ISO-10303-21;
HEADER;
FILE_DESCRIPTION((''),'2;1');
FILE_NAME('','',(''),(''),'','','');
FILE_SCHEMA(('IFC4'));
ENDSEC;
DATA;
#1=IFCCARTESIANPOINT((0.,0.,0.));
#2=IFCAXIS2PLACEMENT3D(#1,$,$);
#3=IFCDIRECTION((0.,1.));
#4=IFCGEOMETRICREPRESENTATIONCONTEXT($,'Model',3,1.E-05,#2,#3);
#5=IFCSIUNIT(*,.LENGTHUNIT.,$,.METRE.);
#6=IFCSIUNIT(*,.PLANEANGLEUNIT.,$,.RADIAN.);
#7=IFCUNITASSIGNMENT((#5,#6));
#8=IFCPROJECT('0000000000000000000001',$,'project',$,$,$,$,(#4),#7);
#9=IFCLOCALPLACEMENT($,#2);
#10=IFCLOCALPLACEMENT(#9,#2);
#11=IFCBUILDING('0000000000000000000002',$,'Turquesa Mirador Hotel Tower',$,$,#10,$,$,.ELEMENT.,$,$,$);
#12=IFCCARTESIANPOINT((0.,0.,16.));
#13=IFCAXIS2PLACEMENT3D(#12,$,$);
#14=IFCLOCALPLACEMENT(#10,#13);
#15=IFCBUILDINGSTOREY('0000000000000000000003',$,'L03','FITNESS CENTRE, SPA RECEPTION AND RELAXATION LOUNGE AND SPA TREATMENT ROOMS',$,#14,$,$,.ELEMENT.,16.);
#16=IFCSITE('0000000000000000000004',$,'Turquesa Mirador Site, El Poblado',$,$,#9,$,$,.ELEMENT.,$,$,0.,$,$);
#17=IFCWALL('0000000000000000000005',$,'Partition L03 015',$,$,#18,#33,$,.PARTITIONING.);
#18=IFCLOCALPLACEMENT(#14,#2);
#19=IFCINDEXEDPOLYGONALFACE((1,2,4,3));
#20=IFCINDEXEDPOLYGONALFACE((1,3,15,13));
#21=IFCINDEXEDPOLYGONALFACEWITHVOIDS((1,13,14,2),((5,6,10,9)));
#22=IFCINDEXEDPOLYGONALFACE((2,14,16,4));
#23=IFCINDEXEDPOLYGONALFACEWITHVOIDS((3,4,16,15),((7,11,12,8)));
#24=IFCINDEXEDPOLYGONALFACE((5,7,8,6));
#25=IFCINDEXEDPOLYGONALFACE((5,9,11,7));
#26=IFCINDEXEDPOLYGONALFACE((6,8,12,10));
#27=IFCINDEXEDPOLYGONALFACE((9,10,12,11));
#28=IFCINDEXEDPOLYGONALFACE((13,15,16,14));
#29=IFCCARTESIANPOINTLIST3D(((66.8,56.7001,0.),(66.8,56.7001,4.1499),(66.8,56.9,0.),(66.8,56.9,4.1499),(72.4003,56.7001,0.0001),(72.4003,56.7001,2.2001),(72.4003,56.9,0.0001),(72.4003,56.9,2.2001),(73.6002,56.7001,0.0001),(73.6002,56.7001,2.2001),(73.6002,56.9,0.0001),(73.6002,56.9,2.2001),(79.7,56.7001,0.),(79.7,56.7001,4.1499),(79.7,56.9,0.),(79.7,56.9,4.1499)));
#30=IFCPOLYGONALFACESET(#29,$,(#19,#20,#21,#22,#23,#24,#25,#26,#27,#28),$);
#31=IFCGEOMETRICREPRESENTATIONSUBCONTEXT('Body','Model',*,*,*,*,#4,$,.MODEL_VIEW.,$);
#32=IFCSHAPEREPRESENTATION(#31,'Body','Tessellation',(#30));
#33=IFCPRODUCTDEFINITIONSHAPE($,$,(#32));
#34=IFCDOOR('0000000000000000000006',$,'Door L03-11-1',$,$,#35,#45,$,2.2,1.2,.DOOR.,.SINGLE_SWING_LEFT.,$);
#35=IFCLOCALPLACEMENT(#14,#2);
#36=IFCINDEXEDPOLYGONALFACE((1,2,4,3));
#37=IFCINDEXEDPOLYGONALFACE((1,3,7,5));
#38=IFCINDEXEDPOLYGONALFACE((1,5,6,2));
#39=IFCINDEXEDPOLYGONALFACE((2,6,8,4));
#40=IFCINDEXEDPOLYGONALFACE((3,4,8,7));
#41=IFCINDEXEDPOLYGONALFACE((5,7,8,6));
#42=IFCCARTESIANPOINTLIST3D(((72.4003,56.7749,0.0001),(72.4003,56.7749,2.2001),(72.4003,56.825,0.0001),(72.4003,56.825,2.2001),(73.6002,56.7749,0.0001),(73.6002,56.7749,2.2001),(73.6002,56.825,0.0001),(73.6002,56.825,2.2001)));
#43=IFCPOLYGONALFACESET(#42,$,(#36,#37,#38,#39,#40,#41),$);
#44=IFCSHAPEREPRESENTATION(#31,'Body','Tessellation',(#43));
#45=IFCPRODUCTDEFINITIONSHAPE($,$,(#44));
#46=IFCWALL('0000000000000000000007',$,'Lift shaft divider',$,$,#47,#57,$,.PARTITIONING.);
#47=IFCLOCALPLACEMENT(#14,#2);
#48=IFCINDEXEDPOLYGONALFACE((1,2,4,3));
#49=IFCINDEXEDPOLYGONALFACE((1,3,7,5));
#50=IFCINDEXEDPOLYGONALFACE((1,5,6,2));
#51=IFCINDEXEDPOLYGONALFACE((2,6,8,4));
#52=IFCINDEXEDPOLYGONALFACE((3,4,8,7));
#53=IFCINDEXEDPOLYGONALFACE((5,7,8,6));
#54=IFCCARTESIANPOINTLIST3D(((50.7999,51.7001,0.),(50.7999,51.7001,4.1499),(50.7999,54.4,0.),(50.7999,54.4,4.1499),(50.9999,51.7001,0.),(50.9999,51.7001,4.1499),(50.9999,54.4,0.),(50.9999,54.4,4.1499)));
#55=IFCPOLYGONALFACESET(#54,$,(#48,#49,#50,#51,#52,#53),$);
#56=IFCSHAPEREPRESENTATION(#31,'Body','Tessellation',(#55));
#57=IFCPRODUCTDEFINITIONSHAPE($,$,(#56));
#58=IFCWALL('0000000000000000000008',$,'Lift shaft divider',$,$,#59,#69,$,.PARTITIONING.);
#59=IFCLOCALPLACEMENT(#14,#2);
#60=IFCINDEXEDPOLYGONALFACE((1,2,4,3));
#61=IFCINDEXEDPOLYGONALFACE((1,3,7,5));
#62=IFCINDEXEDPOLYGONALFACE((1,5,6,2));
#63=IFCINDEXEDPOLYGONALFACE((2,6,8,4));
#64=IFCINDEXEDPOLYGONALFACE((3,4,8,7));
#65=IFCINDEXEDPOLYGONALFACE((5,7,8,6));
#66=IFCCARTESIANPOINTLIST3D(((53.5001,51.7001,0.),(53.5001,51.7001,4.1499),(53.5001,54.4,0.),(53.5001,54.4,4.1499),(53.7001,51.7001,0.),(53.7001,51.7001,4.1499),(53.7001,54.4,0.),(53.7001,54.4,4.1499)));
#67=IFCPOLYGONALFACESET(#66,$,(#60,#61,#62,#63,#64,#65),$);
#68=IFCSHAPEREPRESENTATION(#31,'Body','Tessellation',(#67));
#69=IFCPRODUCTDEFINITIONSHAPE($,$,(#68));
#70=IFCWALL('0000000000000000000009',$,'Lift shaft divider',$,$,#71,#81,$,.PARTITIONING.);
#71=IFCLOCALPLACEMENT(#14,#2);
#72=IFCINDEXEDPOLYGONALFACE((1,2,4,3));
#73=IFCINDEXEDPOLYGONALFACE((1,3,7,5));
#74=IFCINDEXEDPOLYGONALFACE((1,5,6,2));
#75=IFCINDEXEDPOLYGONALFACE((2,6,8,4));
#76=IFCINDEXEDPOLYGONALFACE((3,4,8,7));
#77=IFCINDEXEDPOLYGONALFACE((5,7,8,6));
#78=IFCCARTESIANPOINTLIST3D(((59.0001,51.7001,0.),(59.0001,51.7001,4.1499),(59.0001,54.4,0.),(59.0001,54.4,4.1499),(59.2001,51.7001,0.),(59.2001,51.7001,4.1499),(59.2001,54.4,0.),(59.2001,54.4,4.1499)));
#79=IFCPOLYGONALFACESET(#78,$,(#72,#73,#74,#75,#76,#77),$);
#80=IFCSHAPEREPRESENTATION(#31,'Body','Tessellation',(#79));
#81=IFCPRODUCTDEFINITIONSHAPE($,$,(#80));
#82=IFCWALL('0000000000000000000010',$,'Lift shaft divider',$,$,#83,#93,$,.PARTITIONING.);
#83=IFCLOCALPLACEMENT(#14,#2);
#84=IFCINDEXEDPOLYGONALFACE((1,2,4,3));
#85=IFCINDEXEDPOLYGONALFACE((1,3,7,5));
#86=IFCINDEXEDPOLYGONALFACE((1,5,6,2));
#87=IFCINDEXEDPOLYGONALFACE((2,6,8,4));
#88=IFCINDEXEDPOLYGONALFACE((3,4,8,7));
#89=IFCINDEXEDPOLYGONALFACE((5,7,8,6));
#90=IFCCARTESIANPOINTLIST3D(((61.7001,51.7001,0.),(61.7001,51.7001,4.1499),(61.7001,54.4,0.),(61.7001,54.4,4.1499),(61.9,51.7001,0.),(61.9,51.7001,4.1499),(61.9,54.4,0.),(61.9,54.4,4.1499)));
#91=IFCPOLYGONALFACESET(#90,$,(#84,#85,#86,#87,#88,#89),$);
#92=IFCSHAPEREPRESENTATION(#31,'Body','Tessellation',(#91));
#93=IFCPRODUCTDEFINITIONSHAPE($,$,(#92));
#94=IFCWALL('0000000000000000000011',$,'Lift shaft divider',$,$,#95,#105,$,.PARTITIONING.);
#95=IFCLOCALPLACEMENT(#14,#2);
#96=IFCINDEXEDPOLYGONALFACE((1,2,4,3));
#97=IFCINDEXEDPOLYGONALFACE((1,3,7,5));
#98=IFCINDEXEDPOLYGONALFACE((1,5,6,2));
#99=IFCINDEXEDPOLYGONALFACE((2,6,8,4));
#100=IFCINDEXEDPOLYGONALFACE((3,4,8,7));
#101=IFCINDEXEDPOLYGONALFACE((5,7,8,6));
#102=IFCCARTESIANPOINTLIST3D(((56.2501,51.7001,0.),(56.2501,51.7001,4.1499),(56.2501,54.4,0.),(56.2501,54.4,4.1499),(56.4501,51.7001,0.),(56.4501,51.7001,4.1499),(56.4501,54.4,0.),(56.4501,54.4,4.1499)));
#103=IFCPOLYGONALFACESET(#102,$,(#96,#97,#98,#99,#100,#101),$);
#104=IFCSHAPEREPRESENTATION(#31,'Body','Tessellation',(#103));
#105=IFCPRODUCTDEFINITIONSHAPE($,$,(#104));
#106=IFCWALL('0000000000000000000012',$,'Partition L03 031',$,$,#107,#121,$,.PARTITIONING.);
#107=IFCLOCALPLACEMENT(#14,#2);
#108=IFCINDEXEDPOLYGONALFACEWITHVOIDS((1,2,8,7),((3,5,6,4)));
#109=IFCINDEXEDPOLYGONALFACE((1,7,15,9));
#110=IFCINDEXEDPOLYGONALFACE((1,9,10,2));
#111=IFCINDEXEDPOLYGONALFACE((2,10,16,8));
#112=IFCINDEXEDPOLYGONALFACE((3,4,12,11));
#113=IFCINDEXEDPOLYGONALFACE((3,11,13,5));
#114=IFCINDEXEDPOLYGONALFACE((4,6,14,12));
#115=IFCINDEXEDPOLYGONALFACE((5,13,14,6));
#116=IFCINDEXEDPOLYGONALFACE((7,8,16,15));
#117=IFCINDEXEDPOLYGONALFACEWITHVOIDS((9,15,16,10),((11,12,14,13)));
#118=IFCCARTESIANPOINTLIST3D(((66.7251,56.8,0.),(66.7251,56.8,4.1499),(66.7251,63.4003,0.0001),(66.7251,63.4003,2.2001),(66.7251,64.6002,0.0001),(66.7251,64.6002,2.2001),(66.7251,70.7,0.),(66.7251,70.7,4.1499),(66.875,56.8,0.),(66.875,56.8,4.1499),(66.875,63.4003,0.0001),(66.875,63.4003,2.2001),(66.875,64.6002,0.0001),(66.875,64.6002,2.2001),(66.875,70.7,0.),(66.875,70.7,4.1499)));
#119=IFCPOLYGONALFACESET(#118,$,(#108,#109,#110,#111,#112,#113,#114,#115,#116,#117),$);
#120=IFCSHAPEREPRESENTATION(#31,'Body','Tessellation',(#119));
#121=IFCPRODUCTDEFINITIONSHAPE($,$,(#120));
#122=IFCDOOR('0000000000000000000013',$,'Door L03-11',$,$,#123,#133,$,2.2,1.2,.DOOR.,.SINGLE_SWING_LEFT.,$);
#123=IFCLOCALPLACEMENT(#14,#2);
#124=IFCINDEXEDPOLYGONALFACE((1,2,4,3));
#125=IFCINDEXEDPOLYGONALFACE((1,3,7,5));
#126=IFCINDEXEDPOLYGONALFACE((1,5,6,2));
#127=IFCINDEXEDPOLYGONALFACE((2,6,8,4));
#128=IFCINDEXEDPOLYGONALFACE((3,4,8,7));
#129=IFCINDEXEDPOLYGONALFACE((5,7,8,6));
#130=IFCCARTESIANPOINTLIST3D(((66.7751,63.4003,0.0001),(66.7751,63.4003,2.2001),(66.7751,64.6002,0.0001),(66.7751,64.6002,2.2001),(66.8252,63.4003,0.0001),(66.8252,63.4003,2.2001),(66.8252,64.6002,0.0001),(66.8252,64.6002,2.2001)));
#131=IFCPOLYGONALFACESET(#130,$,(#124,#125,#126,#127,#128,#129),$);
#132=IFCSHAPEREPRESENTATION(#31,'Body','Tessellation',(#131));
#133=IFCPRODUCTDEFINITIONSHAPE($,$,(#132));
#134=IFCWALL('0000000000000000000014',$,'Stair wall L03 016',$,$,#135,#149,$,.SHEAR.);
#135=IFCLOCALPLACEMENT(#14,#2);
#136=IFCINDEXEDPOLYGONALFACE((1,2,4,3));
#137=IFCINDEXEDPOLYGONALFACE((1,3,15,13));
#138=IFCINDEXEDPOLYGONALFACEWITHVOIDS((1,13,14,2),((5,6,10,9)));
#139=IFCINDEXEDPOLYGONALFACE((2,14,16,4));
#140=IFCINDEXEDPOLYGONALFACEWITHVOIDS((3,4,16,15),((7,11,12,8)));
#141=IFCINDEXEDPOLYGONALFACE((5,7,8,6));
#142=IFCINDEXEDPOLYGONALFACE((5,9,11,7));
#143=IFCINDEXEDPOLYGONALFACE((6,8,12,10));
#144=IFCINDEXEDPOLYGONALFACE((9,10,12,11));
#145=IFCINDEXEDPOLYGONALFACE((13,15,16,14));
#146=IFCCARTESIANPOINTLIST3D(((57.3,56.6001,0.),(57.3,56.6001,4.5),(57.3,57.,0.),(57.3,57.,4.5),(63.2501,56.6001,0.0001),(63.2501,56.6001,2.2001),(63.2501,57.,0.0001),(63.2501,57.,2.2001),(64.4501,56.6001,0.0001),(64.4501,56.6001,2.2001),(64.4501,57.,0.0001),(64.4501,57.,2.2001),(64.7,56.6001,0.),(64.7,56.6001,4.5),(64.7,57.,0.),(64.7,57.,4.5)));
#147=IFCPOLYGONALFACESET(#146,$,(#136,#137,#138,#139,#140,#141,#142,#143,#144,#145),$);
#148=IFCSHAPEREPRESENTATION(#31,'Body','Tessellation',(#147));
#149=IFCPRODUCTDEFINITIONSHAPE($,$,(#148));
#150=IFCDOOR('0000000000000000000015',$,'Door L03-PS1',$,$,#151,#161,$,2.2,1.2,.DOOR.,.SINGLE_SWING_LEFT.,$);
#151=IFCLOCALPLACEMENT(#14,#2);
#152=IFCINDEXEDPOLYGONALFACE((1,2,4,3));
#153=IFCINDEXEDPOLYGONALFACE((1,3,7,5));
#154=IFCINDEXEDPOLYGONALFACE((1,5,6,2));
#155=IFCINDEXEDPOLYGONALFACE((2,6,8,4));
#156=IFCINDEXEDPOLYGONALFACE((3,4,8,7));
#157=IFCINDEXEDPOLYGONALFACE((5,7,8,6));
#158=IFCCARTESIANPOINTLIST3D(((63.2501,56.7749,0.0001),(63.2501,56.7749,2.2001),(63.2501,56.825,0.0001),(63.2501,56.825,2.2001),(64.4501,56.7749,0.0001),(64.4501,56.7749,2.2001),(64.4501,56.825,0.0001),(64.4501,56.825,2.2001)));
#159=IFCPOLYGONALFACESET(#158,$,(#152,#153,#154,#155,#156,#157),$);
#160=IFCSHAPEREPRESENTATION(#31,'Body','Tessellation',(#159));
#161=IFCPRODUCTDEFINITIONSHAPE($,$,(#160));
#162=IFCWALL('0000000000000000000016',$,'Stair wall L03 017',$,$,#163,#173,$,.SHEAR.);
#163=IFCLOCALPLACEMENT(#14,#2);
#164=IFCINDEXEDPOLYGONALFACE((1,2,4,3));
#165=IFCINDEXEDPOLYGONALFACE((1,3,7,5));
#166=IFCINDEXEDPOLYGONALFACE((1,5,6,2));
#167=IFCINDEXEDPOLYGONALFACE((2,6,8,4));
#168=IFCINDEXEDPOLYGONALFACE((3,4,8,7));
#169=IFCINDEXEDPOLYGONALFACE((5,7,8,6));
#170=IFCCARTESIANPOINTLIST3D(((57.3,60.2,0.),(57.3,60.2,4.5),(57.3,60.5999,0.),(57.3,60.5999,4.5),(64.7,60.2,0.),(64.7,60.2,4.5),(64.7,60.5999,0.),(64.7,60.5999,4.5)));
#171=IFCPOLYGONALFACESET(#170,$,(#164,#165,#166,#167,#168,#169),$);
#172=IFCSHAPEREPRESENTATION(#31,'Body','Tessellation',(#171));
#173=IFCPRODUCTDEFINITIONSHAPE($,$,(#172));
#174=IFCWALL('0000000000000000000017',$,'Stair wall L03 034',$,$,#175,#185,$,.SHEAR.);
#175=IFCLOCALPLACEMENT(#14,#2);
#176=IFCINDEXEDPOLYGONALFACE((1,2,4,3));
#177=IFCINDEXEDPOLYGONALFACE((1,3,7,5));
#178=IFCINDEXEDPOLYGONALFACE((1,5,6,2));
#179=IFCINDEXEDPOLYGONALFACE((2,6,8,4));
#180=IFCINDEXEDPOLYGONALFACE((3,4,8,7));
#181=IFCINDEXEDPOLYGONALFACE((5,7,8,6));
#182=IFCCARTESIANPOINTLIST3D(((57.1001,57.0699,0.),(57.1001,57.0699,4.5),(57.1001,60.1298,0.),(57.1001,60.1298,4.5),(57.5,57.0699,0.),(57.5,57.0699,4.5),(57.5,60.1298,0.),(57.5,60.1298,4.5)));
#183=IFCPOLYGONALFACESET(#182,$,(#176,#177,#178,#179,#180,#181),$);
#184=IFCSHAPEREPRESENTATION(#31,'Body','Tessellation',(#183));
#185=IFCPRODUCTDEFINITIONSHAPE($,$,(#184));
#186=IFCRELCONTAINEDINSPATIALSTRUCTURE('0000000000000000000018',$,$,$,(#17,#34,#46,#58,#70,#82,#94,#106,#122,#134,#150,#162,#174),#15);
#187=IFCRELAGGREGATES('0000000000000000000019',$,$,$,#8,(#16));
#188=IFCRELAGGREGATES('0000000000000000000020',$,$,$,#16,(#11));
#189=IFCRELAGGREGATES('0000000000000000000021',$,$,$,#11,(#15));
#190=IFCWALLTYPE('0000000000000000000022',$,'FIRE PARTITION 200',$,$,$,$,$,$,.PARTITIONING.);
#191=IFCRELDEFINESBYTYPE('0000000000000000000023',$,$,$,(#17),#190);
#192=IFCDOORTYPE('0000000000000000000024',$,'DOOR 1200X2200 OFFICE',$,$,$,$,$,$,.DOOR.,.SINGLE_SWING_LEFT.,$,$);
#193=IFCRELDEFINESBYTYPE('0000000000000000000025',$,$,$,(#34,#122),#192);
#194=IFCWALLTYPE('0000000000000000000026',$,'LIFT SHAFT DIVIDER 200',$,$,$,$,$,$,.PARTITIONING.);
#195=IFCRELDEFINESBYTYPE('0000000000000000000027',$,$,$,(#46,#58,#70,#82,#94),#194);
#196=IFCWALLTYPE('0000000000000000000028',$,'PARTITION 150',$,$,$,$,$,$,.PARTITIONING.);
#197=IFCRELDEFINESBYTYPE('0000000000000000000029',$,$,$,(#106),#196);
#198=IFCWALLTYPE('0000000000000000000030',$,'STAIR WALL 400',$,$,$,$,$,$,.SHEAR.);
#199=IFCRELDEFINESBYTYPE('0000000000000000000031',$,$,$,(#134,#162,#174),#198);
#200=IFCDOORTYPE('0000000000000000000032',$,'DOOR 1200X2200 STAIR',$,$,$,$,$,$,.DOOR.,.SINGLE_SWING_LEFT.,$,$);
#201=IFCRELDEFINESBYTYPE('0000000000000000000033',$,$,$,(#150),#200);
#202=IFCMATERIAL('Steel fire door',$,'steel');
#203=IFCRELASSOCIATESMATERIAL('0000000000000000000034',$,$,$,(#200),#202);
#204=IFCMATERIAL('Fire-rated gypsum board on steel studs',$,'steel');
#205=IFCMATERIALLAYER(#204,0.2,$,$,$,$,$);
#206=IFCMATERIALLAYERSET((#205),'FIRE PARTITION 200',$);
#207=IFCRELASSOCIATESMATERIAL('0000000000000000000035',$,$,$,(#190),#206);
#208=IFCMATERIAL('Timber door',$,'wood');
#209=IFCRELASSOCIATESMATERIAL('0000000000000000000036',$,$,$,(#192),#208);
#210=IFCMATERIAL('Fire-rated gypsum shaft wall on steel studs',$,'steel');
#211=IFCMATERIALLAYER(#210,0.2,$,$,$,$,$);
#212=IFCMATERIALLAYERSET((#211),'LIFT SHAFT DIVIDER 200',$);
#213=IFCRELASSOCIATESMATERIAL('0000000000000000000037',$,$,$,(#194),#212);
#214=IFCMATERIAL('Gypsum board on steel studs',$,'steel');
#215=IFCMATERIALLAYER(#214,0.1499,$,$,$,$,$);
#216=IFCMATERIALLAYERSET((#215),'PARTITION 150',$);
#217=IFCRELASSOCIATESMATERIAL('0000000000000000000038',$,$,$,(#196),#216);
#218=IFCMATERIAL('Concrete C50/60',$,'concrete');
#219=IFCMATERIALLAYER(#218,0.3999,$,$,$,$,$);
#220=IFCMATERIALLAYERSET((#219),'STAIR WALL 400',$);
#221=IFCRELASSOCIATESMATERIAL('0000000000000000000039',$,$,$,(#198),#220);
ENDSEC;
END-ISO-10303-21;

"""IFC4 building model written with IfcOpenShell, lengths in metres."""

from ifc_helpers import new_model, si_unit, direction, frame, frame_2d, origin, place, context, subcontext, project, spatial, rectangle, extrude, material, layer, layer_set, type_object, element, fill, save


model = new_model("IFC4")

# Units and contexts
model_context = context("Model", 3, precision=1e-05, world=origin(), true_north=direction((0.0, 1.0)))
body_context = subcontext(model_context, "Body", "Model", "MODEL_VIEW")
ifc_project = project(units=[si_unit("LENGTHUNIT", "METRE"), si_unit("PLANEANGLEUNIT", "RADIAN")], contexts=[model_context])

# Site, building, storey
site_placement = place(None, origin())
site = spatial("IfcSite", under=ifc_project, at=site_placement, Name="Turquesa Mirador Site, El Poblado", CompositionType="ELEMENT", RefElevation=0.0)
building_placement = place(site_placement, origin())
building = spatial("IfcBuilding", under=site, at=building_placement, Name="Turquesa Mirador Hotel Tower", CompositionType="ELEMENT")
storey_placement = place(building_placement, frame((0.0, 0.0, 16.0)))
storey = spatial("IfcBuildingStorey", under=building, at=storey_placement, Name="L03", Description="FITNESS CENTRE, SPA RECEPTION AND RELAXATION LOUNGE AND SPA TREATMENT ROOMS", CompositionType="ELEMENT", Elevation=16.0)

# Shared definitions
ifc_material_1 = material(Name="Steel fire door", Category="steel")
door_type_1 = type_object("IfcDoorType", Name="DOOR 1200X2200 STAIR", OperationType="SINGLE_SWING_LEFT", PredefinedType="DOOR", material=ifc_material_1)

# Wall, opening, door
ifc_material_2 = material(Name="Fire-rated gypsum board on steel studs", Category="steel")
ifc_layer_1 = layer(ifc_material_2, 0.2)
ifc_layer_set_1 = layer_set([ifc_layer_1], Name="FIRE PARTITION 200")
wall_type_1 = type_object("IfcWallType", Name="FIRE PARTITION 200", PredefinedType="PARTITIONING", material=ifc_layer_set_1)
wall_1_placement = place(storey_placement, frame((66.8, 56.8, 0.0), z_axis=(0.0, 0.0, 1.0), x_axis=(1.0, 0.0, 0.0)))
wall_1 = element("IfcWall", 1, at=wall_1_placement, inside=storey, type_object=wall_type_1, Name="Partition L03 015", PredefinedType="PARTITIONING", context=body_context, shape_type="SweptSolid", body=[
    extrude(rectangle(XDim=12.8999, YDim=0.2, at=frame_2d((6.45, 0.0))), origin(), (0.0, 0.0, 1.0), 4.1499),
])
opening_1_placement = place(wall_1_placement, frame((5.6001, 0.0, 0.0)))
opening_1 = element("IfcOpeningElement", 2, at=opening_1_placement, cuts=wall_1, PredefinedType="OPENING", context=body_context, shape_type="SweptSolid", body=[
    extrude(rectangle(XDim=1.2, YDim=2.2, at=frame_2d((0.6001, 1.1001))), frame((0.0, 0.1099, 0.0), z_axis=(0.0, -1.0, 0.0), x_axis=(1.0, 0.0, 0.0)), (0.0, 0.0, 1.0), 0.22),
])
ifc_material_3 = material(Name="Timber door", Category="wood")
door_type_2 = type_object("IfcDoorType", Name="DOOR 1200X2200 OFFICE", OperationType="SINGLE_SWING_LEFT", PredefinedType="DOOR", material=ifc_material_3)
door_1_placement = place(opening_1_placement, origin())
door_1 = element("IfcDoor", 3, at=door_1_placement, inside=storey, type_object=door_type_2, Name="Door L03-11-1", OperationType="SINGLE_SWING_LEFT", OverallHeight=2.2, OverallWidth=1.2, PredefinedType="DOOR", context=body_context, shape_type="SweptSolid", body=[
    extrude(rectangle(XDim=1.2, YDim=2.2, at=frame_2d((0.6001, 1.1001))), frame((0.0, 0.0249, 0.0), z_axis=(0.0, -1.0, 0.0), x_axis=(1.0, 0.0, 0.0)), (0.0, 0.0, 1.0), 0.05),
])
fill(opening_1, door_1)

# Walls
ifc_material_4 = material(Name="Fire-rated gypsum shaft wall on steel studs", Category="steel")
ifc_layer_2 = layer(ifc_material_4, 0.2)
ifc_layer_set_2 = layer_set([ifc_layer_2], Name="LIFT SHAFT DIVIDER 200")
wall_type_2 = type_object("IfcWallType", Name="LIFT SHAFT DIVIDER 200", PredefinedType="PARTITIONING", material=ifc_layer_set_2)
for number, where, z_axis, x_axis, name in (
    (4, (50.8999, 51.7, 0.0), (0.0, 0.0, 1.0), (0.0, 1.0, 0.0), "Lift shaft divider"),
    (5, (53.6001, 51.7, 0.0), (0.0, 0.0, 1.0), (0.0, 1.0, 0.0), "Lift shaft divider"),
    (6, (59.1001, 51.7, 0.0), (0.0, 0.0, 1.0), (0.0, 1.0, 0.0), "Lift shaft divider"),
    (7, (61.8, 51.7, 0.0), (0.0, 0.0, 1.0), (0.0, 1.0, 0.0), "Lift shaft divider"),
    (8, (56.3501, 51.7, 0.0), (0.0, 0.0, 1.0), (0.0, 1.0, 0.0), "Lift shaft divider"),
):
    element("IfcWall", number, at=place(storey_placement, frame(where, z_axis=z_axis, x_axis=x_axis)), inside=storey, type_object=wall_type_2, Name=name, PredefinedType="PARTITIONING", context=body_context, shape_type="SweptSolid", body=[
        extrude(rectangle(XDim=2.7, YDim=0.2, at=frame_2d((1.3501, 0.0))), origin(), (0.0, 0.0, 1.0), 4.1499),
    ])

# Walls, openings, doors
ifc_material_5 = material(Name="Gypsum board on steel studs", Category="steel")
ifc_layer_3 = layer(ifc_material_5, 0.1499)
ifc_layer_set_3 = layer_set([ifc_layer_3], Name="PARTITION 150")
wall_type_3 = type_object("IfcWallType", Name="PARTITION 150", PredefinedType="PARTITIONING", material=ifc_layer_set_3)
wall_2_placement = place(storey_placement, frame((66.8, 56.8, 0.0), z_axis=(0.0, 0.0, 1.0), x_axis=(0.0, 1.0, 0.0)))
wall_2 = element("IfcWall", 9, at=wall_2_placement, inside=storey, type_object=wall_type_3, Name="Partition L03 031", PredefinedType="PARTITIONING", context=body_context, shape_type="SweptSolid", body=[
    extrude(rectangle(XDim=13.8999, YDim=0.1499, at=frame_2d((6.95, 0.0))), origin(), (0.0, 0.0, 1.0), 4.1499),
])
opening_2_placement = place(wall_2_placement, frame((6.6001, 0.0, 0.0)))
opening_2 = element("IfcOpeningElement", 10, at=opening_2_placement, cuts=wall_2, PredefinedType="OPENING", context=body_context, shape_type="SweptSolid", body=[
    extrude(rectangle(XDim=1.2, YDim=2.2, at=frame_2d((0.6001, 1.1001))), frame((0.0, 0.085, 0.0), z_axis=(0.0, -1.0, 0.0), x_axis=(1.0, 0.0, 0.0)), (0.0, 0.0, 1.0), 0.1699),
])
door_2_placement = place(opening_2_placement, origin())
door_2 = element("IfcDoor", 11, at=door_2_placement, inside=storey, type_object=door_type_2, Name="Door L03-11", OperationType="SINGLE_SWING_LEFT", OverallHeight=2.2, OverallWidth=1.2, PredefinedType="DOOR", context=body_context, shape_type="SweptSolid", body=[
    extrude(rectangle(XDim=1.2, YDim=2.2, at=frame_2d((0.6001, 1.1001))), frame((0.0, 0.0249, 0.0), z_axis=(0.0, -1.0, 0.0), x_axis=(1.0, 0.0, 0.0)), (0.0, 0.0, 1.0), 0.05),
])
fill(opening_2, door_2)
ifc_material_6 = material(Name="Concrete C50/60", Category="concrete")
ifc_layer_4 = layer(ifc_material_6, 0.3999)
ifc_layer_set_4 = layer_set([ifc_layer_4], Name="STAIR WALL 400")
wall_type_4 = type_object("IfcWallType", Name="STAIR WALL 400", PredefinedType="SHEAR", material=ifc_layer_set_4)
wall_3_placement = place(storey_placement, frame((57.3, 56.8, 0.0), z_axis=(0.0, 0.0, 1.0), x_axis=(1.0, 0.0, 0.0)))
wall_3 = element("IfcWall", 12, at=wall_3_placement, inside=storey, type_object=wall_type_4, Name="Stair wall L03 016", PredefinedType="SHEAR", context=body_context, shape_type="SweptSolid", body=[
    extrude(rectangle(XDim=7.3999, YDim=0.3999, at=frame_2d((3.7, 0.0))), origin(), (0.0, 0.0, 1.0), 4.5),
])
opening_3_placement = place(wall_3_placement, frame((5.95, 0.0, 0.0)))
opening_3 = element("IfcOpeningElement", 13, at=opening_3_placement, cuts=wall_3, PredefinedType="OPENING", context=body_context, shape_type="SweptSolid", body=[
    extrude(rectangle(XDim=1.2, YDim=2.2, at=frame_2d((0.6001, 1.1001))), frame((0.0, 0.21, 0.0), z_axis=(0.0, -1.0, 0.0), x_axis=(1.0, 0.0, 0.0)), (0.0, 0.0, 1.0), 0.4199),
])
door_3_placement = place(opening_3_placement, origin())
door_3 = element("IfcDoor", 14, at=door_3_placement, inside=storey, type_object=door_type_1, Name="Door L03-PS1", OperationType="SINGLE_SWING_LEFT", OverallHeight=2.2, OverallWidth=1.2, PredefinedType="DOOR", context=body_context, shape_type="SweptSolid", body=[
    extrude(rectangle(XDim=1.2, YDim=2.2, at=frame_2d((0.6001, 1.1001))), frame((0.0, 0.0249, 0.0), z_axis=(0.0, -1.0, 0.0), x_axis=(1.0, 0.0, 0.0)), (0.0, 0.0, 1.0), 0.05),
])
fill(opening_3, door_3)

# Walls
wall_4_placement = place(storey_placement, frame((57.3, 60.3999, 0.0), z_axis=(0.0, 0.0, 1.0), x_axis=(1.0, 0.0, 0.0)))
element("IfcWall", 15, at=wall_4_placement, inside=storey, type_object=wall_type_4, Name="Stair wall L03 017", PredefinedType="SHEAR", context=body_context, shape_type="SweptSolid", body=[
    extrude(rectangle(XDim=7.3999, YDim=0.3999, at=frame_2d((3.7, 0.0))), origin(), (0.0, 0.0, 1.0), 4.5),
])
for number, where, z_axis, x_axis, name in (
    (16, (57.3, 57.0701, 0.0), (0.0, 0.0, 1.0), (0.0, 1.0, 0.0), "Stair wall L03 034"),
):
    element("IfcWall", number, at=place(storey_placement, frame(where, z_axis=z_axis, x_axis=x_axis)), inside=storey, type_object=wall_type_4, Name=name, PredefinedType="SHEAR", context=body_context, shape_type="SweptSolid", body=[
        extrude(rectangle(XDim=3.0598, YDim=0.3999, at=frame_2d((1.5298, 0.0))), origin(), (0.0, 0.0, 1.0), 4.5),
    ])

save(model, "model.ifc")
